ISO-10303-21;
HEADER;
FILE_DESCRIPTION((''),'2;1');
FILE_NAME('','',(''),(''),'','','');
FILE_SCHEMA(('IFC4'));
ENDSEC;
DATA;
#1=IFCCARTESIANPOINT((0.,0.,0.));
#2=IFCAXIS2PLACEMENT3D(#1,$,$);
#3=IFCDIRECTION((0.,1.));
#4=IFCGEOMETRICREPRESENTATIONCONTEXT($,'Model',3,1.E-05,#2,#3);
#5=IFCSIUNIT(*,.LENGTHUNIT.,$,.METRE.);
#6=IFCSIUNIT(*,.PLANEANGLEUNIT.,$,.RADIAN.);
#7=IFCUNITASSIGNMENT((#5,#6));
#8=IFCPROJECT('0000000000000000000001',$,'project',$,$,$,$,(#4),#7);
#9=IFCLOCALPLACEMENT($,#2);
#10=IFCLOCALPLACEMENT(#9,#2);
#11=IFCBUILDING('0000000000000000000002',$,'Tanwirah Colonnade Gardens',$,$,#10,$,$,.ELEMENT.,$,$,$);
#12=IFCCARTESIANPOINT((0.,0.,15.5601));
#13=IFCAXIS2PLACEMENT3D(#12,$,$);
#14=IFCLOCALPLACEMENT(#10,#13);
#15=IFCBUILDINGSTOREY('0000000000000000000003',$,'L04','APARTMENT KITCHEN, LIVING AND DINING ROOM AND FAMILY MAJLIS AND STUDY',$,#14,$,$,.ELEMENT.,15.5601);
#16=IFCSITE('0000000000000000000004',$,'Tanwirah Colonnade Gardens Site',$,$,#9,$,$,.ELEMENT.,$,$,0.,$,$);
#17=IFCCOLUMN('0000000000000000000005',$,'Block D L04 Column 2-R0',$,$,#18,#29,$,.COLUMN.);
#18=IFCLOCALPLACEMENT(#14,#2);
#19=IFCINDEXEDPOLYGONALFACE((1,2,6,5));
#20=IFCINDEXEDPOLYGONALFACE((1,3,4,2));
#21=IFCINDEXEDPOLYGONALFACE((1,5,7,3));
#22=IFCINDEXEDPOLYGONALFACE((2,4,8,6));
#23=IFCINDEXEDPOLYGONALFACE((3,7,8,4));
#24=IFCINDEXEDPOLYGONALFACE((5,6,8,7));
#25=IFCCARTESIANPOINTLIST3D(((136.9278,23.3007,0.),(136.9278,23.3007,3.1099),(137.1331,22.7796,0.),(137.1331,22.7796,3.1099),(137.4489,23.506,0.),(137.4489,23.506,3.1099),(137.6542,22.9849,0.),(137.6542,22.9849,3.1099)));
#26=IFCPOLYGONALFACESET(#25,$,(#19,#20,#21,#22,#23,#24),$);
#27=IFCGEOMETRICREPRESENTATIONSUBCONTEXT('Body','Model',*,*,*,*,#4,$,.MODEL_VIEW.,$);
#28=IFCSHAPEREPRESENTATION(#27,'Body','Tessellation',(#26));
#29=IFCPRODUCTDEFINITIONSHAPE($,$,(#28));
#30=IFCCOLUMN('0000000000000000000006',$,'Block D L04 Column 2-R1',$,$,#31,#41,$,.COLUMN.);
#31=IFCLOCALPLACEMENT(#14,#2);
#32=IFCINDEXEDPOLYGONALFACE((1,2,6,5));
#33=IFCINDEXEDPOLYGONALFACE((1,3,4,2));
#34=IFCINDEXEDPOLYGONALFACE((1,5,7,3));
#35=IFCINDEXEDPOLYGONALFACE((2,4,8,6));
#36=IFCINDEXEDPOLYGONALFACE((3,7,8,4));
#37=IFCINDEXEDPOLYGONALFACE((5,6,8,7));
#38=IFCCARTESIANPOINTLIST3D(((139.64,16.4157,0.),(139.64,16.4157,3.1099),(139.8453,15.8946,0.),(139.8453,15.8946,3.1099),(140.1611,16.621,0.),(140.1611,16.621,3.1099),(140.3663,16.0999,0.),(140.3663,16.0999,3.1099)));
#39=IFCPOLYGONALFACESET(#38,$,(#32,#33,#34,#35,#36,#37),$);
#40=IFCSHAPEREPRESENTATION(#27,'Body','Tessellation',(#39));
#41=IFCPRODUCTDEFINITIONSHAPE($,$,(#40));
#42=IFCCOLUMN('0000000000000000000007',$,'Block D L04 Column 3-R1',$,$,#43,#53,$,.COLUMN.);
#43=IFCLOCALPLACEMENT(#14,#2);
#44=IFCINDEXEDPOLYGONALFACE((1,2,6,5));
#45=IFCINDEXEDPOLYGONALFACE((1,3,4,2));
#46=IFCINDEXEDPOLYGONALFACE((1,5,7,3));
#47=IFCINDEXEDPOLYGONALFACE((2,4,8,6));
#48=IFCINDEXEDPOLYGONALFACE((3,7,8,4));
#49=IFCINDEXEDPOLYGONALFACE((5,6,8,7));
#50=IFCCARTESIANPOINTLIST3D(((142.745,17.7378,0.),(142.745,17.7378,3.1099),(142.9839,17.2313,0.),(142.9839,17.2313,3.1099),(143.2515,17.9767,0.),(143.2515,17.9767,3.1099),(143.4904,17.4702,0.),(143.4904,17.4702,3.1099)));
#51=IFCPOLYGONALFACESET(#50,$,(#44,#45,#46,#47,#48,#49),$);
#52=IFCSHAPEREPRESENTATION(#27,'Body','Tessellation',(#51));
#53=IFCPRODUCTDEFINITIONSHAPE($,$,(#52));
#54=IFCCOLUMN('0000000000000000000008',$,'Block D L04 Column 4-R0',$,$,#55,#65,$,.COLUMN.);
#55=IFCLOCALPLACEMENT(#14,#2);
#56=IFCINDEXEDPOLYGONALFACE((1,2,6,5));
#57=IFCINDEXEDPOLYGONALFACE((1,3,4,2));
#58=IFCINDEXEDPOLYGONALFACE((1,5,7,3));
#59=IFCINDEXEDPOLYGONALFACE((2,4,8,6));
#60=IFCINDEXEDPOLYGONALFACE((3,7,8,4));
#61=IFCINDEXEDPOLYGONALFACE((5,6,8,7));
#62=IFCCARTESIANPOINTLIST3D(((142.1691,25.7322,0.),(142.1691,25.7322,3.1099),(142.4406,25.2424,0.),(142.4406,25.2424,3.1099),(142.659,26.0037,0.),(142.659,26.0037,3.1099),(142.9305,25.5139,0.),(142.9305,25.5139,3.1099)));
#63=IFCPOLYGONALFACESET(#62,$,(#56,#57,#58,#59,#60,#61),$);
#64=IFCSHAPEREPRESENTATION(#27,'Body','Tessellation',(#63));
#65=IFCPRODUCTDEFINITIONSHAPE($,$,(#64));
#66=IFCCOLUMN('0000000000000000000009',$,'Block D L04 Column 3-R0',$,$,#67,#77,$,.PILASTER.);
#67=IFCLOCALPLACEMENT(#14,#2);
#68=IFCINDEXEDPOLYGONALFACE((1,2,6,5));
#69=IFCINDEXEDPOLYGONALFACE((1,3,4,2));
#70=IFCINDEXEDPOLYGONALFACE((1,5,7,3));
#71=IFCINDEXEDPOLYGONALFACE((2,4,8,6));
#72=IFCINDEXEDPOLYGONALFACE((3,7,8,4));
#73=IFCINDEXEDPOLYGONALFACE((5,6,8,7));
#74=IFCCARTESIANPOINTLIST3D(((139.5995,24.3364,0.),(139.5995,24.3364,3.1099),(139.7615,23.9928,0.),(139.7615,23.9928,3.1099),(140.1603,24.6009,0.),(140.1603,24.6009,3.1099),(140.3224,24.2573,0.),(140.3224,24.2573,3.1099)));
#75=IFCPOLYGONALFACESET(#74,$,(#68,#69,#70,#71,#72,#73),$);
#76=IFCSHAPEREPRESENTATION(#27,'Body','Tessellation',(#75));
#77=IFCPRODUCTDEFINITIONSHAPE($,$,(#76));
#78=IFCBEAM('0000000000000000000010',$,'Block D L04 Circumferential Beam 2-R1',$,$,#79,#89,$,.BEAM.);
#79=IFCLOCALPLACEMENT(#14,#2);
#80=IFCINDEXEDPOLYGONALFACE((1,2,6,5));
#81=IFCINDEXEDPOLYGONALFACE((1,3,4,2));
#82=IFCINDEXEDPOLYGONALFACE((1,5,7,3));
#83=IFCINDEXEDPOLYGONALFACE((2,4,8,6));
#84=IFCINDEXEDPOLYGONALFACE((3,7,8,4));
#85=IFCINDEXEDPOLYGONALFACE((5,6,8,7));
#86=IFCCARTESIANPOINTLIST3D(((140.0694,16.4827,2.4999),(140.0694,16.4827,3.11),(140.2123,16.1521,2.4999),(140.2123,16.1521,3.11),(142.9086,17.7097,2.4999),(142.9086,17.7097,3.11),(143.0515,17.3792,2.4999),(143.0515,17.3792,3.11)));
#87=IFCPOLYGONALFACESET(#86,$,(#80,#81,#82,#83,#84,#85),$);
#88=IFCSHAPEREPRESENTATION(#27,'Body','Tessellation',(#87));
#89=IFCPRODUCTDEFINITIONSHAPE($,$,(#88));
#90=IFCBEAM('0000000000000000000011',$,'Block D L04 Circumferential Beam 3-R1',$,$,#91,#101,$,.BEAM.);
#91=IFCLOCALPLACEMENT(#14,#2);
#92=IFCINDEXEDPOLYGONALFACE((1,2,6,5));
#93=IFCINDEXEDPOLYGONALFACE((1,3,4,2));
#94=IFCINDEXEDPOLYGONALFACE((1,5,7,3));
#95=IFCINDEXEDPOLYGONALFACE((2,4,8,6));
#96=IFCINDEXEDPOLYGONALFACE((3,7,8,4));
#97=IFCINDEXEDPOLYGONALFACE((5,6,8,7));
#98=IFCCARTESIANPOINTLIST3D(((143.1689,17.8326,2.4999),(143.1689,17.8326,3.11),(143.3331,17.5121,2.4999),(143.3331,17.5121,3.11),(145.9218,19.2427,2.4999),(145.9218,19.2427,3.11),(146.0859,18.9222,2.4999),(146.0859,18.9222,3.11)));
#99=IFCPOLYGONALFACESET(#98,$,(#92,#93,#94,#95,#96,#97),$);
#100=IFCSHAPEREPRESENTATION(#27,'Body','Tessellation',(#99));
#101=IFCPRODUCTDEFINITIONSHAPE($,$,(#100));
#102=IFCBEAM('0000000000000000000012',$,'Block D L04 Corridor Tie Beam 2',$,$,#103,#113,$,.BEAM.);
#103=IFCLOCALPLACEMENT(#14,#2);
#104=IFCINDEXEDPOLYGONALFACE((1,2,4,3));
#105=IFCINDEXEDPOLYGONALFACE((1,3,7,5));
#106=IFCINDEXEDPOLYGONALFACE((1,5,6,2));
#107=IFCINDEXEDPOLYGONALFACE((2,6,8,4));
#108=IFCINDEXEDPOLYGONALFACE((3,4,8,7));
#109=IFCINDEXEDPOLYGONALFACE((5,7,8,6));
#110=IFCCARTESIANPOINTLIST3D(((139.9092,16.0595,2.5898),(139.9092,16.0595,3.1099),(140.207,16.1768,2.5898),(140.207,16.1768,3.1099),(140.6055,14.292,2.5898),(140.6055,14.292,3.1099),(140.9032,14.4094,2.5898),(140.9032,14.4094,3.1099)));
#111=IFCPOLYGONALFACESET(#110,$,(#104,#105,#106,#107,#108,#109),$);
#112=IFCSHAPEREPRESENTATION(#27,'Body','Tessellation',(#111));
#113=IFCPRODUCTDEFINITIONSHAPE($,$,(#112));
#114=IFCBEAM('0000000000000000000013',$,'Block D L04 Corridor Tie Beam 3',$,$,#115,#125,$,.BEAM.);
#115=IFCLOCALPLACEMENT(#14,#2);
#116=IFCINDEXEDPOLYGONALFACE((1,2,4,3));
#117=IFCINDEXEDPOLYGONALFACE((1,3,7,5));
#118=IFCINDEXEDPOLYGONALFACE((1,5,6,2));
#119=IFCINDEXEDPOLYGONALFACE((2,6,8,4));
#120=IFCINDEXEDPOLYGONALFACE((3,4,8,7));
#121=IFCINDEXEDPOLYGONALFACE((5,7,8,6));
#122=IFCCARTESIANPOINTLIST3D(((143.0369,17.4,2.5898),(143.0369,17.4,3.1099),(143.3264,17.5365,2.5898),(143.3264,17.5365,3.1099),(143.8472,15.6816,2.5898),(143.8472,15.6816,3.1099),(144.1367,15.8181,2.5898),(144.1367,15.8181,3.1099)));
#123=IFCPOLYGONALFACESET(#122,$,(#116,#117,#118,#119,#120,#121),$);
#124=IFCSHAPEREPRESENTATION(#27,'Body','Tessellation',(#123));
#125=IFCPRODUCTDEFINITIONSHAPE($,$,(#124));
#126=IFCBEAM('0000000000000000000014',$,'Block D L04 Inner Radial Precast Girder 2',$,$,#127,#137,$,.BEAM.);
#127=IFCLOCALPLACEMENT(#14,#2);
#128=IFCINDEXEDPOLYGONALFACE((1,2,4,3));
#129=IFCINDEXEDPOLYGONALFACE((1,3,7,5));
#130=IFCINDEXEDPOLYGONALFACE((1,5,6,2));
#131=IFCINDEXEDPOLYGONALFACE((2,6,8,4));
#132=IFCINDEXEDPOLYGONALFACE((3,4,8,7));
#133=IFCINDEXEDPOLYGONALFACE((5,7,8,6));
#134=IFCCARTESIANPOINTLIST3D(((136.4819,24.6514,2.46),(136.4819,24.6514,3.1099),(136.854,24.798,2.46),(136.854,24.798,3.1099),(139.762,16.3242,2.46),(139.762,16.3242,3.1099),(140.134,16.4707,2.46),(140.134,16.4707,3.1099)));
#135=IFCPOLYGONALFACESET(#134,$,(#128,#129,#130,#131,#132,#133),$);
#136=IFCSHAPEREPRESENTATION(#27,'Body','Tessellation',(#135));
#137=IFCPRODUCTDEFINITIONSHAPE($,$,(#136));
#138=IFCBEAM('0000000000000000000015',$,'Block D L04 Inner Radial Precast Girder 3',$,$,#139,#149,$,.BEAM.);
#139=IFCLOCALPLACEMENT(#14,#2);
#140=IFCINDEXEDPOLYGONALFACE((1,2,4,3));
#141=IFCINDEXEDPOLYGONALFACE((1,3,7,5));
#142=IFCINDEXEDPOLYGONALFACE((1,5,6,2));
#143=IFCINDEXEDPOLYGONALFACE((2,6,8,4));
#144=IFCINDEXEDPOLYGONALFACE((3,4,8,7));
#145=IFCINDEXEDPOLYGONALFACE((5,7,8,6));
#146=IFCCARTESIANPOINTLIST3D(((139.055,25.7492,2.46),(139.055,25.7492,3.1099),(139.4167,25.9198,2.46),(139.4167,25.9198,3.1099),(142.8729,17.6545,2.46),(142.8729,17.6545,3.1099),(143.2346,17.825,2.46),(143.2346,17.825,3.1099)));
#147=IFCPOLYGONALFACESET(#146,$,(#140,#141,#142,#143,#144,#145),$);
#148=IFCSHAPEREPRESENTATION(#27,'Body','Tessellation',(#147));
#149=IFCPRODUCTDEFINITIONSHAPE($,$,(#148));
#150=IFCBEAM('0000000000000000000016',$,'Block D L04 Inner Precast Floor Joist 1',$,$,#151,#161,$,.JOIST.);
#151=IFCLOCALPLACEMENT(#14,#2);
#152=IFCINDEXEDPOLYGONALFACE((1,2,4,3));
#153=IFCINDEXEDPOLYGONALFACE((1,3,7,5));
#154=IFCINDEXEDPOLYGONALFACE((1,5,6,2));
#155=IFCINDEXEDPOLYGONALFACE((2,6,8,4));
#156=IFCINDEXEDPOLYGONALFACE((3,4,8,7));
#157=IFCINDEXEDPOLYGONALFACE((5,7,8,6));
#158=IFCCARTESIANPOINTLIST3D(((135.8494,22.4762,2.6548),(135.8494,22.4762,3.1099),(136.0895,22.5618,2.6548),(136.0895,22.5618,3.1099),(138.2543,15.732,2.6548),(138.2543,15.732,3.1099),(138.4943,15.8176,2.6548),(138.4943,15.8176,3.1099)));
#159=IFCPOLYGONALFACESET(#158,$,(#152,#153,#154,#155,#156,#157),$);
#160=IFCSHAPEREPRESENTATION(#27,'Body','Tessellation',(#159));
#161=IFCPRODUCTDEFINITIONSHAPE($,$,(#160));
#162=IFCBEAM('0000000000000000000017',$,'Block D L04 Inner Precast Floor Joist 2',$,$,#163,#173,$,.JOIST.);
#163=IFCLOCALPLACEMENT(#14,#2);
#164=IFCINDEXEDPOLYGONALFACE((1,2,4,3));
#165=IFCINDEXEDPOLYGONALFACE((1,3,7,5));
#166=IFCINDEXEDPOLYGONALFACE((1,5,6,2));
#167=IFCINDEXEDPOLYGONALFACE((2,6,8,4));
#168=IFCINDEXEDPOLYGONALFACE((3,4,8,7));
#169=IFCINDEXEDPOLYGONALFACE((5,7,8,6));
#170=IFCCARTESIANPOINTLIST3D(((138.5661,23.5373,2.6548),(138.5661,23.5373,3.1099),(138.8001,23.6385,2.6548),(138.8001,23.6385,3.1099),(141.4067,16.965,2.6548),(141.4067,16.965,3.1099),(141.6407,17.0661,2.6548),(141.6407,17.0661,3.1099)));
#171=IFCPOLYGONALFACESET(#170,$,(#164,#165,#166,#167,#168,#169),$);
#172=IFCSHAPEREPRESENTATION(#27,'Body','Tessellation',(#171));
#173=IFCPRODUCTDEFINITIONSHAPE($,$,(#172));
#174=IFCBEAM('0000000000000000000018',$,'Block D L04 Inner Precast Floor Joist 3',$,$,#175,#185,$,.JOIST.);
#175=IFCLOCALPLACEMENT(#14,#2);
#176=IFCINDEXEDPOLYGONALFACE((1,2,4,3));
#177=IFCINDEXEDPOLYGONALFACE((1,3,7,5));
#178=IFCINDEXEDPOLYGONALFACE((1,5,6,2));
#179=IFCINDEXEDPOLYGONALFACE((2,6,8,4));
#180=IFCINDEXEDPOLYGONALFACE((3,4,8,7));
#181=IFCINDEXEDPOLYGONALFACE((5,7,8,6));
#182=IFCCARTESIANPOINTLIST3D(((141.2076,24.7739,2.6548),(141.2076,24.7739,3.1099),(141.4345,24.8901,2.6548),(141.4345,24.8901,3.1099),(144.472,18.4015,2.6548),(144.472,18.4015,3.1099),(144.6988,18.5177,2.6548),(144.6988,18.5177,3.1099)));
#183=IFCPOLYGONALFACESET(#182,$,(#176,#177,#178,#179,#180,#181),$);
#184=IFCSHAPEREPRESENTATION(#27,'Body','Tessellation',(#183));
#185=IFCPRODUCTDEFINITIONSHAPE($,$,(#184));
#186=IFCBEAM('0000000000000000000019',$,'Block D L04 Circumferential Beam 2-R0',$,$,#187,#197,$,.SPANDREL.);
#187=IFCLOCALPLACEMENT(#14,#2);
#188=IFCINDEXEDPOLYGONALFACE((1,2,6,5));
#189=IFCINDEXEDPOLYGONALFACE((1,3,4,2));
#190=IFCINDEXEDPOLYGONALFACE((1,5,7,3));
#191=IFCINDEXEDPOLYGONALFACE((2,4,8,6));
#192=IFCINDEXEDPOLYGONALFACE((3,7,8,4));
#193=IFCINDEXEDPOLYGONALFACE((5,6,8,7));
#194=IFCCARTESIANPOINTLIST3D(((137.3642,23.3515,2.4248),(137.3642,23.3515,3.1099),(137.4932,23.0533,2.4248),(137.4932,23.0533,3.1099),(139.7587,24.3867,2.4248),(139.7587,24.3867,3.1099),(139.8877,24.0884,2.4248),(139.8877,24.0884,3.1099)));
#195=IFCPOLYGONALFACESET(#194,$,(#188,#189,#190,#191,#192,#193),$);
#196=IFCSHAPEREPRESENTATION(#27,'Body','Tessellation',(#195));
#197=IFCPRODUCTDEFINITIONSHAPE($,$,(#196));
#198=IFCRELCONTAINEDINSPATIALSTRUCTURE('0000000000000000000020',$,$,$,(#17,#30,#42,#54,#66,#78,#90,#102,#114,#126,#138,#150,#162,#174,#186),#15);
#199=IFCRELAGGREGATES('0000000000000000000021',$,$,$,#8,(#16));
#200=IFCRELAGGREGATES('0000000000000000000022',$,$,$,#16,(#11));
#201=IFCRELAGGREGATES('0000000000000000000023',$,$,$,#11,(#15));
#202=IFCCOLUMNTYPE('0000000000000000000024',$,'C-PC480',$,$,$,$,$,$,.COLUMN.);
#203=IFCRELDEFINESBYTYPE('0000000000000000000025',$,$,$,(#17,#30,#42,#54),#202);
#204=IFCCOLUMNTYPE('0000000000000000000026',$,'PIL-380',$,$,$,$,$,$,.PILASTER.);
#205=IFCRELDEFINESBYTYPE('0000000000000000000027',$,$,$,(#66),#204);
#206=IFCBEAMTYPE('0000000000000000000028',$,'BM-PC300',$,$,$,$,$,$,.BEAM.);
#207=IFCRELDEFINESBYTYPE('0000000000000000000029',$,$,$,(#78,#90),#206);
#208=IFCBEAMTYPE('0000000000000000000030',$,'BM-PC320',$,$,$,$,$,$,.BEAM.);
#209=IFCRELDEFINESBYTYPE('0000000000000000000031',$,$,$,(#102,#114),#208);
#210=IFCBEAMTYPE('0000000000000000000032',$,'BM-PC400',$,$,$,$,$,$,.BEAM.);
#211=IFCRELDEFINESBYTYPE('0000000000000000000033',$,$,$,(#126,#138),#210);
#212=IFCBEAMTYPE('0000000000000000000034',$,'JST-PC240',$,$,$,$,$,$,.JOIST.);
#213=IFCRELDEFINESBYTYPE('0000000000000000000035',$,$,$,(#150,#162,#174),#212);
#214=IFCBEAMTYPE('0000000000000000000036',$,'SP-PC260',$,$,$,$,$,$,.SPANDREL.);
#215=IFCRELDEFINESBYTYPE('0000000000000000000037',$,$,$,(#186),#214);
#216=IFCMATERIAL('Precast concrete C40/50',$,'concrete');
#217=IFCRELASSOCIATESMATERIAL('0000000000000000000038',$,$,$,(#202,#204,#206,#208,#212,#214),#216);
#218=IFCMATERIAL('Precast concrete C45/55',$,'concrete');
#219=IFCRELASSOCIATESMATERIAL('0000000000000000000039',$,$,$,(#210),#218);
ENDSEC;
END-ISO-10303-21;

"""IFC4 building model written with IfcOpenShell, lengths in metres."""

from ifc_helpers import new_model, si_unit, direction, frame, origin, origin_2d, place, context, subcontext, project, spatial, rectangle, extrude, material, material_profile, profile_set, type_object, element, save


model = new_model("IFC4")

# Units and contexts
model_context = context("Model", 3, precision=1e-05, world=origin(), true_north=direction((0.0, 1.0)))
body_context = subcontext(model_context, "Body", "Model", "MODEL_VIEW")
ifc_project = project(units=[si_unit("LENGTHUNIT", "METRE"), si_unit("PLANEANGLEUNIT", "RADIAN")], contexts=[model_context])

# Site, building, storey
site_placement = place(None, origin())
site = spatial("IfcSite", under=ifc_project, at=site_placement, Name="Tanwirah Colonnade Gardens Site", CompositionType="ELEMENT", RefElevation=0.0)
building_placement = place(site_placement, origin())
building = spatial("IfcBuilding", under=site, at=building_placement, Name="Tanwirah Colonnade Gardens", CompositionType="ELEMENT")
storey_placement = place(building_placement, frame((0.0, 0.0, 15.5601)))
storey = spatial("IfcBuildingStorey", under=building, at=storey_placement, Name="L04", Description="APARTMENT KITCHEN, LIVING AND DINING ROOM AND FAMILY MAJLIS AND STUDY", CompositionType="ELEMENT", Elevation=15.5601)

# Columns
ifc_material_1 = material(Name="Precast concrete C40/50", Category="concrete")
ifc_material_profile_1 = material_profile(ifc_material_1, rectangle(XDim=0.5601, YDim=0.5601, at=origin_2d()), Name="PC-COL 560x560")
ifc_profile_set_1 = profile_set([ifc_material_profile_1], Name="Precast concrete C40/50")
column_type_1 = type_object("IfcColumnType", Name="C-PC480", PredefinedType="COLUMN", material=ifc_profile_set_1)
for number, where, z_axis, x_axis, name in (
    (1, (137.291, 23.1428, 0.0), (0.0, 0.0, 1.0), (0.366501, -0.930418, 0.0), "Block D L04 Column 2-R0"),
    (2, (140.0032, 16.2578, 0.0), (0.0, 0.0, 1.0), (0.366501, -0.930418, 0.0), "Block D L04 Column 2-R1"),
    (3, (143.1177, 17.604, 0.0), (0.0, 0.0, 1.0), (0.426569, -0.904455, 0.0), "Block D L04 Column 3-R1"),
    (4, (142.5498, 25.623, 0.0), (0.0, 0.0, 1.0), (0.48481, -0.87462, 0.0), "Block D L04 Column 4-R0"),
):
    element("IfcColumn", number, at=place(storey_placement, frame(where, z_axis=z_axis, x_axis=x_axis)), inside=storey, type_object=column_type_1, Name=name, PredefinedType="COLUMN", context=body_context, shape_type="SweptSolid", body=[
        extrude(rectangle(XDim=0.5601, YDim=0.5601, at=origin_2d()), origin(), (0.0, 0.0, 1.0), 3.1099),
    ])
ifc_material_profile_2 = material_profile(ifc_material_1, rectangle(XDim=0.3799, YDim=0.6201, at=origin_2d()), Name="PC-PIL 380x620")
ifc_profile_set_2 = profile_set([ifc_material_profile_2], Name="Precast concrete C40/50")
column_type_2 = type_object("IfcColumnType", Name="PIL-380", PredefinedType="PILASTER", material=ifc_profile_set_2)
column_placement = place(storey_placement, frame((139.9609, 24.2969, 0.0), z_axis=(0.0, 0.0, 1.0), x_axis=(0.426569, -0.904455, 0.0)))
element("IfcColumn", 5, at=column_placement, inside=storey, type_object=column_type_2, Name="Block D L04 Column 3-R0", PredefinedType="PILASTER", context=body_context, shape_type="SweptSolid", body=[
    extrude(rectangle(XDim=0.3799, YDim=0.6201, at=origin_2d()), origin(), (0.0, 0.0, 1.0), 3.1099),
])

# Beams
ifc_material_profile_3 = material_profile(ifc_material_1, rectangle(XDim=0.3601, YDim=0.6101, at=origin_2d()), Name="PC-BM 360x610")
ifc_profile_set_3 = profile_set([ifc_material_profile_3], Name="Precast concrete C40/50")
beam_type_1 = type_object("IfcBeamType", Name="BM-PC300", PredefinedType="BEAM", material=ifc_profile_set_3)
for number, where, z_axis, x_axis, name in (
    (6, (140.1409, 16.3174, 2.8049), (0.917936, 0.396728, 0.0), (-0.396728, 0.917936, 0.0), "Block D L04 Circumferential Beam 2-R1"),
    (7, (143.251, 17.6724, 2.8049), (0.890028, 0.455906, 0.0), (-0.455906, 0.890028, 0.0), "Block D L04 Circumferential Beam 3-R1"),
):
    element("IfcBeam", number, at=place(storey_placement, frame(where, z_axis=z_axis, x_axis=x_axis)), inside=storey, type_object=beam_type_1, Name=name, PredefinedType="BEAM", context=body_context, shape_type="SweptSolid", body=[
        extrude(rectangle(XDim=0.3601, YDim=0.6101, at=origin_2d()), origin(), (0.0, 0.0, 1.0), 3.093),
    ])
ifc_material_profile_4 = material_profile(ifc_material_1, rectangle(XDim=0.3201, YDim=0.52, at=origin_2d()), Name="PC-BM 320x520")
ifc_profile_set_4 = profile_set([ifc_material_profile_4], Name="Precast concrete C40/50")
beam_type_2 = type_object("IfcBeamType", Name="BM-PC320", PredefinedType="BEAM", material=ifc_profile_set_4)
beam_1_placement = place(storey_placement, frame((140.0581, 16.1182, 2.8499), z_axis=(0.366511, -0.930414, 0.0), x_axis=(0.930414, 0.366511, 0.0)))
element("IfcBeam", 8, at=beam_1_placement, inside=storey, type_object=beam_type_2, Name="Block D L04 Corridor Tie Beam 2", PredefinedType="BEAM", context=body_context, shape_type="SweptSolid", body=[
    extrude(rectangle(XDim=0.3201, YDim=0.52, at=origin_2d()), origin(), (0.0, 0.0, 1.0), 1.8997),
])
beam_2_placement = place(storey_placement, frame((143.1816, 17.4683, 2.8499), z_axis=(0.426484, -0.904495, 0.0), x_axis=(0.904495, 0.426484, 0.0)))
element("IfcBeam", 9, at=beam_2_placement, inside=storey, type_object=beam_type_2, Name="Block D L04 Corridor Tie Beam 3", PredefinedType="BEAM", context=body_context, shape_type="SweptSolid", body=[
    extrude(rectangle(XDim=0.3201, YDim=0.52, at=origin_2d()), origin(), (0.0, 0.0, 1.0), 1.8999),
])
ifc_material_2 = material(Name="Precast concrete C45/55", Category="concrete")
ifc_material_profile_5 = material_profile(ifc_material_2, rectangle(XDim=0.3999, YDim=0.6499, at=origin_2d()), Name="PC-BM 400x650")
ifc_profile_set_5 = profile_set([ifc_material_profile_5], Name="Precast concrete C45/55")
beam_type_3 = type_object("IfcBeamType", Name="BM-PC400", PredefinedType="BEAM", material=ifc_profile_set_5)
for number, where, z_axis, x_axis, name in (
    (10, (139.948, 16.3975, 2.7849), (-0.366489, 0.930422, 0.0), (-0.930422, -0.366489, 0.0), "Block D L04 Inner Radial Precast Girder 2"),
    (11, (143.0537, 17.7397, 2.7849), (-0.426582, 0.904449, 0.0), (-0.904449, -0.426582, 0.0), "Block D L04 Inner Radial Precast Girder 3"),
):
    element("IfcBeam", number, at=place(storey_placement, frame(where, z_axis=z_axis, x_axis=x_axis)), inside=storey, type_object=beam_type_3, Name=name, PredefinedType="BEAM", context=body_context, shape_type="SweptSolid", body=[
        extrude(rectangle(XDim=0.3999, YDim=0.6499, at=origin_2d()), origin(), (0.0, 0.0, 1.0), 8.95),
    ])
ifc_material_profile_6 = material_profile(ifc_material_1, rectangle(XDim=0.2549, YDim=0.4551, at=origin_2d()), Name="PC-JST 255x455")
ifc_profile_set_6 = profile_set([ifc_material_profile_6], Name="Precast concrete C40/50")
beam_type_4 = type_object("IfcBeamType", Name="JST-PC240", PredefinedType="JOIST", material=ifc_profile_set_6)
beam_3_placement = place(storey_placement, frame((135.9695, 22.519, 2.8823), z_axis=(0.335861, -0.941912, 0.0), x_axis=(0.941912, 0.335861, 0.0)))
element("IfcBeam", 12, at=beam_3_placement, inside=storey, type_object=beam_type_4, Name="Block D L04 Inner Precast Floor Joist 1", PredefinedType="JOIST", context=body_context, shape_type="SweptSolid", body=[
    extrude(rectangle(XDim=0.2549, YDim=0.4551, at=origin_2d()), origin(), (0.0, 0.0, 1.0), 7.1602),
])
for number, where, z_axis, x_axis, name in (
    (13, (138.6831, 23.5879, 2.8823), (0.396736, -0.917933, 0.0), (0.917933, 0.396736, 0.0), "Block D L04 Inner Precast Floor Joist 2"),
    (14, (141.321, 24.832, 2.8823), (0.455921, -0.89002, 0.0), (0.89002, 0.455921, 0.0), "Block D L04 Inner Precast Floor Joist 3"),
):
    element("IfcBeam", number, at=place(storey_placement, frame(where, z_axis=z_axis, x_axis=x_axis)), inside=storey, type_object=beam_type_4, Name=name, PredefinedType="JOIST", context=body_context, shape_type="SweptSolid", body=[
        extrude(rectangle(XDim=0.2549, YDim=0.4551, at=origin_2d()), origin(), (0.0, 0.0, 1.0), 7.1599),
    ])
ifc_material_profile_7 = material_profile(ifc_material_1, rectangle(XDim=0.325, YDim=0.6851, at=origin_2d()), Name="PC-SP 325x685")
ifc_profile_set_7 = profile_set([ifc_material_profile_7], Name="Precast concrete C40/50")
beam_type_5 = type_object("IfcBeamType", Name="SP-PC260", PredefinedType="SPANDREL", material=ifc_profile_set_7)
for number, where, z_axis, x_axis, name in (
    (15, (137.4287, 23.2024, 2.7673), (0.917901, 0.396809, 0.0), (-0.396809, 0.917901, 0.0), "Block D L04 Circumferential Beam 2-R0"),
):
    element("IfcBeam", number, at=place(storey_placement, frame(where, z_axis=z_axis, x_axis=x_axis)), inside=storey, type_object=beam_type_5, Name=name, PredefinedType="SPANDREL", context=body_context, shape_type="SweptSolid", body=[
        extrude(rectangle(XDim=0.325, YDim=0.6851, at=origin_2d()), origin(), (0.0, 0.0, 1.0), 2.6086),
    ])

save(model, "model.ifc")
